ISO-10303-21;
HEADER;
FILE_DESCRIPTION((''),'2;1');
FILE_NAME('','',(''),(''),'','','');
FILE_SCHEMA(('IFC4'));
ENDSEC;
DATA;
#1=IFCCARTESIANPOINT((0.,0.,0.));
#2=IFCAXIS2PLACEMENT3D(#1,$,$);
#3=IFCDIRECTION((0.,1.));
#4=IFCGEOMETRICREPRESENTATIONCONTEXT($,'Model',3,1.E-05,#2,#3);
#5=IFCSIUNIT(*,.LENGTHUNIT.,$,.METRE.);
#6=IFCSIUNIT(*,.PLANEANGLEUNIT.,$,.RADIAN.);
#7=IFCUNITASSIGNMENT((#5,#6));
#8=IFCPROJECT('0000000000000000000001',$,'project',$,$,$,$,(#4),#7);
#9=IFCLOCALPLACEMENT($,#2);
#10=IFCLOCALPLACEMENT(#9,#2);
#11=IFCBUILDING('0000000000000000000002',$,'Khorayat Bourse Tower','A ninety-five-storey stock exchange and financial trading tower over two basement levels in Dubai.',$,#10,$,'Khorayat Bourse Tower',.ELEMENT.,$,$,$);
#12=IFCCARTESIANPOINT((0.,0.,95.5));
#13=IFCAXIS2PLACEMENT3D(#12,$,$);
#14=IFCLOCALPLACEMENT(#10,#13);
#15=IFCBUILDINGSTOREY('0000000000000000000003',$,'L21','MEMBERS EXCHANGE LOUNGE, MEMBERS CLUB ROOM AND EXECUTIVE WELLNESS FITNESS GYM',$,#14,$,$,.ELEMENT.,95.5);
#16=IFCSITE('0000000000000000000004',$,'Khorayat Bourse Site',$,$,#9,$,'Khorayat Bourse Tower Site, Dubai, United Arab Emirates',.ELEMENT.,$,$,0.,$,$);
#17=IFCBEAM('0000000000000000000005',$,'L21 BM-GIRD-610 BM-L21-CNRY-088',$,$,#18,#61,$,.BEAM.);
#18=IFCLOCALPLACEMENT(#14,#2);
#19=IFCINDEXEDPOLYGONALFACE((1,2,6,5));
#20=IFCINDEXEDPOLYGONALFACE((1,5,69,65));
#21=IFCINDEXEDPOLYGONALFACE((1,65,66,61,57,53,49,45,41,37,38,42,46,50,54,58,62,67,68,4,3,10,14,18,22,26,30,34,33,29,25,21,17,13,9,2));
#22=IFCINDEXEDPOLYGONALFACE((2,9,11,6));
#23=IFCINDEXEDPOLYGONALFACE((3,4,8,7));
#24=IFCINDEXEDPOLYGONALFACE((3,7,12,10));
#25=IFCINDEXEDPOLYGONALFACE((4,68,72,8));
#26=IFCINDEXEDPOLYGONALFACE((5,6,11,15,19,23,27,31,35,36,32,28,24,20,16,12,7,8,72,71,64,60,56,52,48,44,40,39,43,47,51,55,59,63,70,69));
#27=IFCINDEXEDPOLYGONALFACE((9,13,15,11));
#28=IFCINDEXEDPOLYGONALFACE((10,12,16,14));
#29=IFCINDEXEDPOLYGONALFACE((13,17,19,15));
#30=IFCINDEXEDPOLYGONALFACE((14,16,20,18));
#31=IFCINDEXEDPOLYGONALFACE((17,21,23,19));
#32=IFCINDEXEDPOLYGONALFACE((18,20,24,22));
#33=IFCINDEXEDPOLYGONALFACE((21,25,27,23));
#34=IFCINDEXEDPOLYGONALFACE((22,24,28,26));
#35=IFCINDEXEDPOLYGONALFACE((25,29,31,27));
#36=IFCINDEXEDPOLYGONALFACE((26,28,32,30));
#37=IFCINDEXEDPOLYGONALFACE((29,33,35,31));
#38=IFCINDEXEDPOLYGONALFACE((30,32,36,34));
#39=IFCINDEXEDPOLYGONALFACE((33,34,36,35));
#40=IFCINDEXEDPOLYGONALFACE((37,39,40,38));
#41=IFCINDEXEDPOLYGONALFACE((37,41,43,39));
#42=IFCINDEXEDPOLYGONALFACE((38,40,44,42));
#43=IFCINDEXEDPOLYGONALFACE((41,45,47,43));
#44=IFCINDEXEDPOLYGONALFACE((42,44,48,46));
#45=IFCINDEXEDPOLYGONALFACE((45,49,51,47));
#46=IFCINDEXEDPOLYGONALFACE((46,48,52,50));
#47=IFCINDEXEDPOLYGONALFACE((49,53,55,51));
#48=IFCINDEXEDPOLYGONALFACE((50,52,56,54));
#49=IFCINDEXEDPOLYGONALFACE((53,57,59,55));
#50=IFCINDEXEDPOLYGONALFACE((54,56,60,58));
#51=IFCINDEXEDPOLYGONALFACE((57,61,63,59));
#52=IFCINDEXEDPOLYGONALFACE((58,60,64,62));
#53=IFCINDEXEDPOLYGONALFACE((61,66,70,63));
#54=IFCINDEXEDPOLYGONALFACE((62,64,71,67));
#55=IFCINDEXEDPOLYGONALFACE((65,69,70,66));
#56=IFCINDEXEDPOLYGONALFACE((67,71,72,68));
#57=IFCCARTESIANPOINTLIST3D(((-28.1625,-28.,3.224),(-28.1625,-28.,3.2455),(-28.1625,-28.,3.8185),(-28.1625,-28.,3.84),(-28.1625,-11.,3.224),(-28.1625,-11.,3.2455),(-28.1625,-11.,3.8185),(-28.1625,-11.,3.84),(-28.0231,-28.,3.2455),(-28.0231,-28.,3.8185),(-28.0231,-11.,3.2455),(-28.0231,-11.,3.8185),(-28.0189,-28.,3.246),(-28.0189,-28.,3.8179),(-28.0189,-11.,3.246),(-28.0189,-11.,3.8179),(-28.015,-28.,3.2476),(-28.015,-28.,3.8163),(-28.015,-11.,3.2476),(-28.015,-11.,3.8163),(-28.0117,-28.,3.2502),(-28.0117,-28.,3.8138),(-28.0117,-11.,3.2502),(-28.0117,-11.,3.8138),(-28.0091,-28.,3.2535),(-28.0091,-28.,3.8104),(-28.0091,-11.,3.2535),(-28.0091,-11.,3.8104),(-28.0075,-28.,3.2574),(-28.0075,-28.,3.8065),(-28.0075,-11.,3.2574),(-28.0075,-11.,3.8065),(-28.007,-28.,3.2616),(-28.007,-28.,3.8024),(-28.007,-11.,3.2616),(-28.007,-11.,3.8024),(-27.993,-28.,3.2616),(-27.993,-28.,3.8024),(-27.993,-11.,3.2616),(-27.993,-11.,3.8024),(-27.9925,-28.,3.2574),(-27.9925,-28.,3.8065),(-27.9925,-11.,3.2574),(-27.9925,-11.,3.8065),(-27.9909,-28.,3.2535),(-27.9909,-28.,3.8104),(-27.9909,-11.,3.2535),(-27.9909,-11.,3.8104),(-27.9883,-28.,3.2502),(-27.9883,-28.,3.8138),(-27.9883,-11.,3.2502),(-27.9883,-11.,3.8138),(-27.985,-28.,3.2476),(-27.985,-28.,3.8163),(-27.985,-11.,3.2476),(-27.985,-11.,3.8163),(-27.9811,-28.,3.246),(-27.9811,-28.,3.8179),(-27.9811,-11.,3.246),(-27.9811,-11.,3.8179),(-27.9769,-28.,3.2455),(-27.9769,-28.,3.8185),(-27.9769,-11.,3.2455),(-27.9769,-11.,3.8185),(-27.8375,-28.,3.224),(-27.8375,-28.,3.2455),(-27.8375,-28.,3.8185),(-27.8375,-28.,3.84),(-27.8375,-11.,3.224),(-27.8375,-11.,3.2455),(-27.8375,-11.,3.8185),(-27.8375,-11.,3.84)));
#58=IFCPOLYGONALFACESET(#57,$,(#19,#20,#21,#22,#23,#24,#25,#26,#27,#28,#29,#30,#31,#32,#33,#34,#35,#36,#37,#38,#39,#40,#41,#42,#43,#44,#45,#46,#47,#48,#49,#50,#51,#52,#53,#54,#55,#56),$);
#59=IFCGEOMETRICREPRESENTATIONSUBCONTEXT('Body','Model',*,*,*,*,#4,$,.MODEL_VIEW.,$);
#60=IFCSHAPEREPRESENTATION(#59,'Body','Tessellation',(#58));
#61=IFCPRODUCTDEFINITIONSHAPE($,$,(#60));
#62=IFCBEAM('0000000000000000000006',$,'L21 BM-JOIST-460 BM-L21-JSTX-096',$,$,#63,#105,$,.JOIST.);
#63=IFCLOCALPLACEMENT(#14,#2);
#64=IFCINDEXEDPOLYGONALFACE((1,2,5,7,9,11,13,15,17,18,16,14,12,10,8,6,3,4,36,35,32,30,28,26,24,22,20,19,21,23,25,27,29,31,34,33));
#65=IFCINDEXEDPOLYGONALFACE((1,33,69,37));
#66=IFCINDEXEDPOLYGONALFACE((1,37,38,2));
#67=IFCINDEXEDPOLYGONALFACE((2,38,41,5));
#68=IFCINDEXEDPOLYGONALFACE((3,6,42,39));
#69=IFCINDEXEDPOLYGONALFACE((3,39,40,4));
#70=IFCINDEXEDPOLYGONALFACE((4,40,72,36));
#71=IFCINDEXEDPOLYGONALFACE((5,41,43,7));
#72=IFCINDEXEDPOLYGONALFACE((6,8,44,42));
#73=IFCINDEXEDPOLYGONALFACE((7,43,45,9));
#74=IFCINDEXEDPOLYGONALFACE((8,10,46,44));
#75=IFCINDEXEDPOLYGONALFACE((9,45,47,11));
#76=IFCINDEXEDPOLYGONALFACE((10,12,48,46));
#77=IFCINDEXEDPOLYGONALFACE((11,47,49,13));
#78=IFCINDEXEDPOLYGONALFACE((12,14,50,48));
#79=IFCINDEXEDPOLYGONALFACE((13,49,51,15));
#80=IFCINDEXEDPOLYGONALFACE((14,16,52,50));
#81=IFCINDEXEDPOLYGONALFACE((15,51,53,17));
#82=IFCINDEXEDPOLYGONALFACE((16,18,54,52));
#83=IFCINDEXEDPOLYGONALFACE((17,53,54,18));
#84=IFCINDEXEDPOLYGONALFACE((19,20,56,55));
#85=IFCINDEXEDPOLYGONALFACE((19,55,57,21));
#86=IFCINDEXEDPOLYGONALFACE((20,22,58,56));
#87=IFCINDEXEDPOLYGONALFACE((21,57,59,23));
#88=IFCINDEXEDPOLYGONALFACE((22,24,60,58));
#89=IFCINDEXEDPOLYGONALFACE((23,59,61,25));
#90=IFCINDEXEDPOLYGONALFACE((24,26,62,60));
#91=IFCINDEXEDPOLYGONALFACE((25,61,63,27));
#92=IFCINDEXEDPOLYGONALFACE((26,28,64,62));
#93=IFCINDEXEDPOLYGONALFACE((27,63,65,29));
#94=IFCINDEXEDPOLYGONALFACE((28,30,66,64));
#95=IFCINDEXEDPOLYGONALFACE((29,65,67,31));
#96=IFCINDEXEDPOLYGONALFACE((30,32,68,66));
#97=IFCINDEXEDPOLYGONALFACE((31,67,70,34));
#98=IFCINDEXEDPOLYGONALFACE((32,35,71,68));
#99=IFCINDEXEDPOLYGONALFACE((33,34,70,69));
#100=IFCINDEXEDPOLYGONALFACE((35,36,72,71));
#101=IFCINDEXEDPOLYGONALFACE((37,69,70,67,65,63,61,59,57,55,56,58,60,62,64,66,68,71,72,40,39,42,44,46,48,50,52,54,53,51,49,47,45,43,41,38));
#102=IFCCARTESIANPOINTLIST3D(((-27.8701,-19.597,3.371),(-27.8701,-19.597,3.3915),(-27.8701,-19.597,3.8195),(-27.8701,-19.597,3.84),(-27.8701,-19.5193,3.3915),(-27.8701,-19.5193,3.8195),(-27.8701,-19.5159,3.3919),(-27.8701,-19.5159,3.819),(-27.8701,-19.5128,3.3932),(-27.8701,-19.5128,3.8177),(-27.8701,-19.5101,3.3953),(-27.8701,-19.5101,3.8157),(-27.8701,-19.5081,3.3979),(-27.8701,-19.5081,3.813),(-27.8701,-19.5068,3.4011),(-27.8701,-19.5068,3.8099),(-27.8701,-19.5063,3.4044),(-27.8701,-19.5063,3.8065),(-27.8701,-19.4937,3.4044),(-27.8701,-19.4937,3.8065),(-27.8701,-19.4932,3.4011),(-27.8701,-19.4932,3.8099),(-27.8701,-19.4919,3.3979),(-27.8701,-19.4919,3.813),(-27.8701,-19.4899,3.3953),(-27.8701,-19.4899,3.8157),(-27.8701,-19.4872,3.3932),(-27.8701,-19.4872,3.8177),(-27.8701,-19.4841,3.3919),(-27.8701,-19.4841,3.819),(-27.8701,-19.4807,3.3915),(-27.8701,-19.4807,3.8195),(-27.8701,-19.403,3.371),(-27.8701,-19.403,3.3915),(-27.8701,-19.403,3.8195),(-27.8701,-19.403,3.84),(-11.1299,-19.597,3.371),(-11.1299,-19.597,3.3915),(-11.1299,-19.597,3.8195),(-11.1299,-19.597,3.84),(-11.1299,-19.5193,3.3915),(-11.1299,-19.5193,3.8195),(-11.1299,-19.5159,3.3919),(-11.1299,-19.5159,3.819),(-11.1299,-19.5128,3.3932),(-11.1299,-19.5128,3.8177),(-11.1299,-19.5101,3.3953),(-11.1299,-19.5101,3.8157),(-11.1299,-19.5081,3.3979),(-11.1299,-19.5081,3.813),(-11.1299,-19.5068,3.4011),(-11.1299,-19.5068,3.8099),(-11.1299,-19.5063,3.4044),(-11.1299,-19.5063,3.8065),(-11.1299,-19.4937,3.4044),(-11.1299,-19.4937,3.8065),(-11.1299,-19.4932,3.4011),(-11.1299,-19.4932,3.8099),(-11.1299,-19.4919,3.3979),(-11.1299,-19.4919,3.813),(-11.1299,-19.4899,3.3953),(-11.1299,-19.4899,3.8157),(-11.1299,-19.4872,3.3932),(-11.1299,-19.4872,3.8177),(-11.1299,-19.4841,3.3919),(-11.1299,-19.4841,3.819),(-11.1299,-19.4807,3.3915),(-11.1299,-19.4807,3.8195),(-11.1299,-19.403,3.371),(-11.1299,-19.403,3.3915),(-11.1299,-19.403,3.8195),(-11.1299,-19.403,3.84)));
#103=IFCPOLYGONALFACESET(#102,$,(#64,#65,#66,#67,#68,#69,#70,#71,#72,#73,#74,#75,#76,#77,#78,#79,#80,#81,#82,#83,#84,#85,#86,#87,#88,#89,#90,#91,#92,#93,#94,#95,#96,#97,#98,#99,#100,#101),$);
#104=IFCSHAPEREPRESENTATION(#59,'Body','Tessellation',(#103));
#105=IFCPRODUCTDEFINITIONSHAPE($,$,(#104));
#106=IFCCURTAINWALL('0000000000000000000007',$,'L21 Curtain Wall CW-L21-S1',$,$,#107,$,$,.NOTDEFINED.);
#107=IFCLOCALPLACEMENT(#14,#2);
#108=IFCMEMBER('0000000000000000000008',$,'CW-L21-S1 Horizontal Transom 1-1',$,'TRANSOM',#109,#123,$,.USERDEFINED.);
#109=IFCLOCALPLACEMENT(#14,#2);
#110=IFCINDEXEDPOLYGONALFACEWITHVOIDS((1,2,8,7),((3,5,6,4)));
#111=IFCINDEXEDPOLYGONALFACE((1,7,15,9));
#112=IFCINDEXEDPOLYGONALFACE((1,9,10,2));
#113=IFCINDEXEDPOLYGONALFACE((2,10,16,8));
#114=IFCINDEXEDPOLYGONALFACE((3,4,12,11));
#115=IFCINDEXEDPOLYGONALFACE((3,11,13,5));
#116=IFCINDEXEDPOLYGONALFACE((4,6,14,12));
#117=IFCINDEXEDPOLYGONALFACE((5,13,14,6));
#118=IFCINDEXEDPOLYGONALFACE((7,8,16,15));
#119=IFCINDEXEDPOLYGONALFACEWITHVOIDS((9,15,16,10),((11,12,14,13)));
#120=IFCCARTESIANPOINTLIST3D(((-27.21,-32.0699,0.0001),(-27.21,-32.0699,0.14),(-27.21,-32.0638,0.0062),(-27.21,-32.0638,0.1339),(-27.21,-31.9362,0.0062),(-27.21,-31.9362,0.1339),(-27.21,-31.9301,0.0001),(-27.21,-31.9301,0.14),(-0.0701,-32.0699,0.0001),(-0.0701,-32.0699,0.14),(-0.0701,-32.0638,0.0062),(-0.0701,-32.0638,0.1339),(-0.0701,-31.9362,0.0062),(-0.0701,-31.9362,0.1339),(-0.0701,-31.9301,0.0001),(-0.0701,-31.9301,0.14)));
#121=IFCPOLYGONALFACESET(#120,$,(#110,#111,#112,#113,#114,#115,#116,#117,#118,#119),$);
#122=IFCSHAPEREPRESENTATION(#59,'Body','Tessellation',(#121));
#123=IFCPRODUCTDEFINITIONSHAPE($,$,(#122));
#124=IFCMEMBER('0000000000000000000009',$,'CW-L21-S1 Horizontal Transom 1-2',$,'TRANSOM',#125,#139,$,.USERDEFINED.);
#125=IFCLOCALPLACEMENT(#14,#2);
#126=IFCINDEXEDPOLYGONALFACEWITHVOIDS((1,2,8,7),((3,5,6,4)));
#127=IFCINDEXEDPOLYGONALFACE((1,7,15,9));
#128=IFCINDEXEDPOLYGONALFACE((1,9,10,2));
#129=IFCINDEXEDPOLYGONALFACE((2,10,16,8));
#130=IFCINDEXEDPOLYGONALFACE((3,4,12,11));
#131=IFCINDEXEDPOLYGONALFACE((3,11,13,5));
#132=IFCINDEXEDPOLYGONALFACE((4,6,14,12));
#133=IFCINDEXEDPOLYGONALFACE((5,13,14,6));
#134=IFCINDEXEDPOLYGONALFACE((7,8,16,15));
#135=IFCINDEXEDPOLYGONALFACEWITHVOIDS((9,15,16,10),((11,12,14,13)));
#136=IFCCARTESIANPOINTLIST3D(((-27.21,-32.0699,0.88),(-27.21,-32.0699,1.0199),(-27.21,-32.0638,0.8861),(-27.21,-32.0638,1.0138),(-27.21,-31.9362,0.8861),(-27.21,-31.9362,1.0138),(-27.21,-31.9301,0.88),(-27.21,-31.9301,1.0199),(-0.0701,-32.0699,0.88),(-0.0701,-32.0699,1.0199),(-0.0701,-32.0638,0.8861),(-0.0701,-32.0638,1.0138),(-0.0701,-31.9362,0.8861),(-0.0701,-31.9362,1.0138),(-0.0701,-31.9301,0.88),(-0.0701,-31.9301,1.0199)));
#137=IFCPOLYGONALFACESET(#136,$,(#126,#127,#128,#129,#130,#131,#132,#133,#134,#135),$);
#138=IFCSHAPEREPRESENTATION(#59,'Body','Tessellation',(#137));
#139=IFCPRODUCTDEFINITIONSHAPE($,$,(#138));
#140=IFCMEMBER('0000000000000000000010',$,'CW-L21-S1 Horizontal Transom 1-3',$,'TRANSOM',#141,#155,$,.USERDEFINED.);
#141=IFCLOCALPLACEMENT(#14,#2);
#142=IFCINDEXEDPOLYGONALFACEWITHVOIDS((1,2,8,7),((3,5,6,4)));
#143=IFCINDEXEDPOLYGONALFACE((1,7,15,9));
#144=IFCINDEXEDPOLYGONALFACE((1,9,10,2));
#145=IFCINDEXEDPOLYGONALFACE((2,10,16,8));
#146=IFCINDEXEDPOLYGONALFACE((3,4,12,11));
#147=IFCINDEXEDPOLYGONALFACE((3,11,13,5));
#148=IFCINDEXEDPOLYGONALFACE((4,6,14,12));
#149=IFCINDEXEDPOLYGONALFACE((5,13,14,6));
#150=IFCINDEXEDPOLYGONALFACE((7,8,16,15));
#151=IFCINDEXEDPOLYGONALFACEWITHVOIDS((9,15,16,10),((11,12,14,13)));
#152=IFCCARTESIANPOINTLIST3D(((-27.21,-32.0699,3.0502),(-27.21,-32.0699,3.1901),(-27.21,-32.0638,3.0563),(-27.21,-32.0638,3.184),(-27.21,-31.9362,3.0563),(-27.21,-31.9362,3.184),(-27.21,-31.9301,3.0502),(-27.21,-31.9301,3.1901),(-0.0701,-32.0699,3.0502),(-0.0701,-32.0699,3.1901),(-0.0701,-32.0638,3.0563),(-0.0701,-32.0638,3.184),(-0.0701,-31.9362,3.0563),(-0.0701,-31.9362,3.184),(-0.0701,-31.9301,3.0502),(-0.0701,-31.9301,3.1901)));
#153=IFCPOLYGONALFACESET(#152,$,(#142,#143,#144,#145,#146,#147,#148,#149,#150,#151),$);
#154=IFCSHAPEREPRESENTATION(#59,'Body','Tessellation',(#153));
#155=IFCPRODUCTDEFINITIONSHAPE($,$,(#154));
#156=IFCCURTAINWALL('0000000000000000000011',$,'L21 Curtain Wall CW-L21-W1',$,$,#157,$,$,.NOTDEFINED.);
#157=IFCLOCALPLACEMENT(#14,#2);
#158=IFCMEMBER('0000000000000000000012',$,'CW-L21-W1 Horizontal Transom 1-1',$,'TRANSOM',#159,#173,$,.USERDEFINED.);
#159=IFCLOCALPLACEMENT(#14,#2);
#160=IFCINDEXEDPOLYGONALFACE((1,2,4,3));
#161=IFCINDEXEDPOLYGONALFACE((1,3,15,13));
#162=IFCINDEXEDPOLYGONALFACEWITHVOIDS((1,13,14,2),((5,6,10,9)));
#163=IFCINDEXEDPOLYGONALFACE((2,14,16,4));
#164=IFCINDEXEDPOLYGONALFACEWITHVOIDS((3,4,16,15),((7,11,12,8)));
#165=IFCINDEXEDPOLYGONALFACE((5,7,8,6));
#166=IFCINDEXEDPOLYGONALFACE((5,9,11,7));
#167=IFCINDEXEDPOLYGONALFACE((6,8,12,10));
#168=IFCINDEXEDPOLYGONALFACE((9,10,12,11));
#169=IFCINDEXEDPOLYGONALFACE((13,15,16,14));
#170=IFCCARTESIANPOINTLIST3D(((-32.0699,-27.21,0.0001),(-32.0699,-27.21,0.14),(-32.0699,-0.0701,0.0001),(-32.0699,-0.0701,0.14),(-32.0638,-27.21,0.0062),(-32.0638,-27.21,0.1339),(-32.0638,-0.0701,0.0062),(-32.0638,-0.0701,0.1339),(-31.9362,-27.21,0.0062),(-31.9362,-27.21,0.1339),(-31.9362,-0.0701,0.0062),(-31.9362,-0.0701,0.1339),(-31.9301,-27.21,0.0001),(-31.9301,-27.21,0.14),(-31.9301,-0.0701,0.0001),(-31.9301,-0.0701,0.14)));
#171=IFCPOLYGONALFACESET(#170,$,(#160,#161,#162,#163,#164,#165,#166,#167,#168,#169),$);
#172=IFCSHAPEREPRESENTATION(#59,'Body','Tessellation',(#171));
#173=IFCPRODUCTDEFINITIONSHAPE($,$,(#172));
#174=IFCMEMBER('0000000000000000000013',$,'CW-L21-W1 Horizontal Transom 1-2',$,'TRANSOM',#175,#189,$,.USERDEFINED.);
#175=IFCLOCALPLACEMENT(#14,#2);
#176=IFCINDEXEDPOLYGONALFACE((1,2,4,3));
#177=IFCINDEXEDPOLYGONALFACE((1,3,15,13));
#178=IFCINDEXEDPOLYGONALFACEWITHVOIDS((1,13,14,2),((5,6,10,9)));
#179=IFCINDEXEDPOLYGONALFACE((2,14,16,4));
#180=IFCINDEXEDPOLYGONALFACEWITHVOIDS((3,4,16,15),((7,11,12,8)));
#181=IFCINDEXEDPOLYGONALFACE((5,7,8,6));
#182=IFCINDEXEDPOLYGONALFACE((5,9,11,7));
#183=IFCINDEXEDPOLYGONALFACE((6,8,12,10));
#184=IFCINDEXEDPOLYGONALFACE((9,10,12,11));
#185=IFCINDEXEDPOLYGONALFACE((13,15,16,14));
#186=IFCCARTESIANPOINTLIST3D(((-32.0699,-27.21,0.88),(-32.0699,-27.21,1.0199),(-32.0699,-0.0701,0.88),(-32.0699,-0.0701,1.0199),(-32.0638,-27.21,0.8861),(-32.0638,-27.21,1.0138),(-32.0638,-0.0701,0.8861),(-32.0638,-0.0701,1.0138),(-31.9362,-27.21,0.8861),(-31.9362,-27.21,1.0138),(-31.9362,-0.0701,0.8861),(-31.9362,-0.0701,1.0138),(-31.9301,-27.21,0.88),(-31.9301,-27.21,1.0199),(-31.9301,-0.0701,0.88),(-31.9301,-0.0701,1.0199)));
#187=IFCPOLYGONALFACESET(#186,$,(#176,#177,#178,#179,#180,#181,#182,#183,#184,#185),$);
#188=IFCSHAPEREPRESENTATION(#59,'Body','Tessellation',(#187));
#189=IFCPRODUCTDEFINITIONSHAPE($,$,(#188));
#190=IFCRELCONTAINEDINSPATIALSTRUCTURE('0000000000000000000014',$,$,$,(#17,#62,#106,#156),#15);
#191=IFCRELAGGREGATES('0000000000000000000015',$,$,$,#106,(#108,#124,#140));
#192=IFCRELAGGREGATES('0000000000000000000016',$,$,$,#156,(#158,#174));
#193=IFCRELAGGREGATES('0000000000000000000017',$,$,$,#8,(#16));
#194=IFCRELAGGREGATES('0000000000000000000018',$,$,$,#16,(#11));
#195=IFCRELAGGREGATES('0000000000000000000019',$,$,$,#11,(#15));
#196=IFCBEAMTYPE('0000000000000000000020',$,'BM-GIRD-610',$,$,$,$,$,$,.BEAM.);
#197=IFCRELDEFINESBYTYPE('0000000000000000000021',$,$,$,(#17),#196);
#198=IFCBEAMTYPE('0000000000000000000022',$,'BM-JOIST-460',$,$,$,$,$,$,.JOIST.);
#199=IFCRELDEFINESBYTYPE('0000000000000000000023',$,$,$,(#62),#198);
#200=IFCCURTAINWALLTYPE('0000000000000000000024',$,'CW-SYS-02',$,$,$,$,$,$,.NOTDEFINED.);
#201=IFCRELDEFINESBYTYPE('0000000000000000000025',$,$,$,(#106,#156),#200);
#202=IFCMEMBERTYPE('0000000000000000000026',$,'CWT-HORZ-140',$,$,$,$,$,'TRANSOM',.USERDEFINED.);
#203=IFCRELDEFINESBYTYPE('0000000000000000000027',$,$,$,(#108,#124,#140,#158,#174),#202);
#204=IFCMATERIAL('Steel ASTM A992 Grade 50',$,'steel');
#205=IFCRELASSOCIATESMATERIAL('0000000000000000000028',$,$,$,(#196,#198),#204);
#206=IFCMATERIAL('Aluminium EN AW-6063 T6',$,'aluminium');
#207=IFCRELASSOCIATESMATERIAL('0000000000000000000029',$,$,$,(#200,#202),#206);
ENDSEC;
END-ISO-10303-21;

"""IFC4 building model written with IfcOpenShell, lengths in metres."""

from ifc_helpers import new_model, si_unit, direction, frame, origin, origin_2d, place, context, subcontext, project, spatial, hollow_rectangle, i_section, extrude, source, transform, mapped, material, material_profile, profile_set, type_object, element, aggregate, save


model = new_model("IFC4")

# Units and contexts
model_context = context("Model", 3, precision=1e-05, world=origin(), true_north=direction((0.0, 1.0)))
body_context = subcontext(model_context, "Body", "Model", "MODEL_VIEW")
ifc_project = project(units=[si_unit("LENGTHUNIT", "METRE"), si_unit("PLANEANGLEUNIT", "RADIAN")], contexts=[model_context])

# Site, building, storey
site_placement = place(None, origin())
site = spatial("IfcSite", under=ifc_project, at=site_placement, Name="Khorayat Bourse Site", LongName="Khorayat Bourse Tower Site, Dubai, United Arab Emirates", CompositionType="ELEMENT", RefElevation=0.0)
building_placement = place(site_placement, origin())
building = spatial("IfcBuilding", under=site, at=building_placement, Name="Khorayat Bourse Tower", Description="A ninety-five-storey stock exchange and financial trading tower over two basement levels in Dubai.", LongName="Khorayat Bourse Tower", CompositionType="ELEMENT")
storey_placement = place(building_placement, frame((0.0, 0.0, 95.5)))
storey = spatial("IfcBuildingStorey", under=building, at=storey_placement, Name="L21", Description="MEMBERS EXCHANGE LOUNGE, MEMBERS CLUB ROOM AND EXECUTIVE WELLNESS FITNESS GYM", CompositionType="ELEMENT", Elevation=95.5)

# Beams
ifc_material_1 = material(Name="Steel ASTM A992 Grade 50", Category="steel")
ifc_material_profile_1 = material_profile(ifc_material_1, i_section(OverallWidth=0.325, OverallDepth=0.616, WebThickness=0.0139, FlangeThickness=0.0215, FilletRadius=0.0161, at=origin_2d()), Name="W610X174")
ifc_profile_set_1 = profile_set([ifc_material_profile_1], Name="Steel ASTM A992 Grade 50")
beam_type_1 = type_object("IfcBeamType", Name="BM-GIRD-610", PredefinedType="BEAM", material=ifc_profile_set_1)
shared_shape_1 = source(origin(), body_context, "Body", "SweptSolid", [
    extrude(i_section(OverallWidth=0.325, OverallDepth=0.616, WebThickness=0.0139, FlangeThickness=0.0215, FilletRadius=0.0161, at=origin_2d()), origin(), (0.0, 0.0, 1.0), 17.0),
])
beam_1_placement = place(storey_placement, frame((-28.0, -28.0, 3.532), z_axis=(0.0, 1.0, 0.0), x_axis=(-1.0, 0.0, 0.0)))
element("IfcBeam", 1, at=beam_1_placement, inside=storey, type_object=beam_type_1, Name="L21 BM-GIRD-610 BM-L21-CNRY-088", PredefinedType="BEAM", context=body_context, shape_type="MappedRepresentation", body=[
    mapped(shared_shape_1, transform((0.0, 0.0, 0.0), scale=1.0)),
])
ifc_material_profile_2 = material_profile(ifc_material_1, i_section(OverallWidth=0.1941, OverallDepth=0.469, WebThickness=0.0127, FlangeThickness=0.0205, FilletRadius=0.0129, at=origin_2d()), Name="W460X106")
ifc_profile_set_2 = profile_set([ifc_material_profile_2], Name="Steel ASTM A992 Grade 50")
beam_type_2 = type_object("IfcBeamType", Name="BM-JOIST-460", PredefinedType="JOIST", material=ifc_profile_set_2)
shared_shape_2 = source(origin(), body_context, "Body", "SweptSolid", [
    extrude(i_section(OverallWidth=0.1941, OverallDepth=0.469, WebThickness=0.0127, FlangeThickness=0.0205, FilletRadius=0.0129, at=origin_2d()), origin(), (0.0, 0.0, 1.0), 16.7402),
])
beam_2_placement = place(storey_placement, frame((-27.8701, -19.5, 3.6055), z_axis=(1.0, 0.0, 0.0), x_axis=(0.0, 1.0, 0.0)))
element("IfcBeam", 2, at=beam_2_placement, inside=storey, type_object=beam_type_2, Name="L21 BM-JOIST-460 BM-L21-JSTX-096", PredefinedType="JOIST", context=body_context, shape_type="MappedRepresentation", body=[
    mapped(shared_shape_2, transform((0.0, 0.0, 0.0), scale=1.0)),
])

# Curtain walls, members
ifc_material_2 = material(Name="Aluminium EN AW-6063 T6", Category="aluminium")
curtain_wall_type = type_object("IfcCurtainWallType", Name="CW-SYS-02", PredefinedType="NOTDEFINED", material=ifc_material_2)
curtain_wall_1_placement = place(storey_placement, origin())
curtain_wall_1 = element("IfcCurtainWall", 3, at=curtain_wall_1_placement, inside=storey, type_object=curtain_wall_type, Name="L21 Curtain Wall CW-L21-S1", PredefinedType="NOTDEFINED")
ifc_material_profile_3 = material_profile(ifc_material_2, hollow_rectangle(XDim=0.1399, YDim=0.1399, WallThickness=0.0061, at=origin_2d()), Name="ALU 140x140x6")
ifc_profile_set_3 = profile_set([ifc_material_profile_3], Name="Aluminium EN AW-6063 T6")
member_type_1 = type_object("IfcMemberType", Name="CWT-HORZ-140", ElementType="TRANSOM", PredefinedType="USERDEFINED", material=ifc_profile_set_3)
shared_shape_3 = source(origin(), body_context, "Body", "SweptSolid", [
    extrude(hollow_rectangle(XDim=0.1399, YDim=0.1399, WallThickness=0.0061, at=origin_2d()), origin(), (0.0, 0.0, 1.0), 27.1399),
])
member_1_placement = place(storey_placement, frame((-27.21, -32.0, 0.0701), z_axis=(1.0, 0.0, 0.0), x_axis=(0.0, 1.0, 0.0)))
member_1 = element("IfcMember", 4, at=member_1_placement, type_object=member_type_1, Name="CW-L21-S1 Horizontal Transom 1-1", ObjectType="TRANSOM", PredefinedType="USERDEFINED", context=body_context, shape_type="MappedRepresentation", body=[
    mapped(shared_shape_3, transform((0.0, 0.0, 0.0), scale=1.0)),
])
member_2_placement = place(storey_placement, frame((-27.21, -32.0, 0.95), z_axis=(1.0, 0.0, 0.0), x_axis=(0.0, 1.0, 0.0)))
member_2 = element("IfcMember", 5, at=member_2_placement, type_object=member_type_1, Name="CW-L21-S1 Horizontal Transom 1-2", ObjectType="TRANSOM", PredefinedType="USERDEFINED", context=body_context, shape_type="MappedRepresentation", body=[
    mapped(shared_shape_3, transform((0.0, 0.0, 0.0), scale=1.0)),
])
member_3_placement = place(storey_placement, frame((-27.21, -32.0, 3.1201), z_axis=(1.0, 0.0, 0.0), x_axis=(0.0, 1.0, 0.0)))
member_3 = element("IfcMember", 6, at=member_3_placement, type_object=member_type_1, Name="CW-L21-S1 Horizontal Transom 1-3", ObjectType="TRANSOM", PredefinedType="USERDEFINED", context=body_context, shape_type="MappedRepresentation", body=[
    mapped(shared_shape_3, transform((0.0, 0.0, 0.0), scale=1.0)),
])
curtain_wall_2_placement = place(storey_placement, origin())
curtain_wall_2 = element("IfcCurtainWall", 7, at=curtain_wall_2_placement, inside=storey, type_object=curtain_wall_type, Name="L21 Curtain Wall CW-L21-W1", PredefinedType="NOTDEFINED")
member_4_placement = place(storey_placement, frame((-32.0, -27.21, 0.0701), z_axis=(0.0, 1.0, 0.0), x_axis=(-1.0, 0.0, 0.0)))
member_4 = element("IfcMember", 8, at=member_4_placement, type_object=member_type_1, Name="CW-L21-W1 Horizontal Transom 1-1", ObjectType="TRANSOM", PredefinedType="USERDEFINED", context=body_context, shape_type="MappedRepresentation", body=[
    mapped(shared_shape_3, transform((0.0, 0.0, 0.0), scale=1.0)),
])
member_5_placement = place(storey_placement, frame((-32.0, -27.21, 0.95), z_axis=(0.0, 1.0, 0.0), x_axis=(-1.0, 0.0, 0.0)))
member_5 = element("IfcMember", 9, at=member_5_placement, type_object=member_type_1, Name="CW-L21-W1 Horizontal Transom 1-2", ObjectType="TRANSOM", PredefinedType="USERDEFINED", context=body_context, shape_type="MappedRepresentation", body=[
    mapped(shared_shape_3, transform((0.0, 0.0, 0.0), scale=1.0)),
])

aggregate(curtain_wall_1, [member_1, member_2, member_3])
aggregate(curtain_wall_2, [member_4, member_5])

save(model, "model.ifc")
